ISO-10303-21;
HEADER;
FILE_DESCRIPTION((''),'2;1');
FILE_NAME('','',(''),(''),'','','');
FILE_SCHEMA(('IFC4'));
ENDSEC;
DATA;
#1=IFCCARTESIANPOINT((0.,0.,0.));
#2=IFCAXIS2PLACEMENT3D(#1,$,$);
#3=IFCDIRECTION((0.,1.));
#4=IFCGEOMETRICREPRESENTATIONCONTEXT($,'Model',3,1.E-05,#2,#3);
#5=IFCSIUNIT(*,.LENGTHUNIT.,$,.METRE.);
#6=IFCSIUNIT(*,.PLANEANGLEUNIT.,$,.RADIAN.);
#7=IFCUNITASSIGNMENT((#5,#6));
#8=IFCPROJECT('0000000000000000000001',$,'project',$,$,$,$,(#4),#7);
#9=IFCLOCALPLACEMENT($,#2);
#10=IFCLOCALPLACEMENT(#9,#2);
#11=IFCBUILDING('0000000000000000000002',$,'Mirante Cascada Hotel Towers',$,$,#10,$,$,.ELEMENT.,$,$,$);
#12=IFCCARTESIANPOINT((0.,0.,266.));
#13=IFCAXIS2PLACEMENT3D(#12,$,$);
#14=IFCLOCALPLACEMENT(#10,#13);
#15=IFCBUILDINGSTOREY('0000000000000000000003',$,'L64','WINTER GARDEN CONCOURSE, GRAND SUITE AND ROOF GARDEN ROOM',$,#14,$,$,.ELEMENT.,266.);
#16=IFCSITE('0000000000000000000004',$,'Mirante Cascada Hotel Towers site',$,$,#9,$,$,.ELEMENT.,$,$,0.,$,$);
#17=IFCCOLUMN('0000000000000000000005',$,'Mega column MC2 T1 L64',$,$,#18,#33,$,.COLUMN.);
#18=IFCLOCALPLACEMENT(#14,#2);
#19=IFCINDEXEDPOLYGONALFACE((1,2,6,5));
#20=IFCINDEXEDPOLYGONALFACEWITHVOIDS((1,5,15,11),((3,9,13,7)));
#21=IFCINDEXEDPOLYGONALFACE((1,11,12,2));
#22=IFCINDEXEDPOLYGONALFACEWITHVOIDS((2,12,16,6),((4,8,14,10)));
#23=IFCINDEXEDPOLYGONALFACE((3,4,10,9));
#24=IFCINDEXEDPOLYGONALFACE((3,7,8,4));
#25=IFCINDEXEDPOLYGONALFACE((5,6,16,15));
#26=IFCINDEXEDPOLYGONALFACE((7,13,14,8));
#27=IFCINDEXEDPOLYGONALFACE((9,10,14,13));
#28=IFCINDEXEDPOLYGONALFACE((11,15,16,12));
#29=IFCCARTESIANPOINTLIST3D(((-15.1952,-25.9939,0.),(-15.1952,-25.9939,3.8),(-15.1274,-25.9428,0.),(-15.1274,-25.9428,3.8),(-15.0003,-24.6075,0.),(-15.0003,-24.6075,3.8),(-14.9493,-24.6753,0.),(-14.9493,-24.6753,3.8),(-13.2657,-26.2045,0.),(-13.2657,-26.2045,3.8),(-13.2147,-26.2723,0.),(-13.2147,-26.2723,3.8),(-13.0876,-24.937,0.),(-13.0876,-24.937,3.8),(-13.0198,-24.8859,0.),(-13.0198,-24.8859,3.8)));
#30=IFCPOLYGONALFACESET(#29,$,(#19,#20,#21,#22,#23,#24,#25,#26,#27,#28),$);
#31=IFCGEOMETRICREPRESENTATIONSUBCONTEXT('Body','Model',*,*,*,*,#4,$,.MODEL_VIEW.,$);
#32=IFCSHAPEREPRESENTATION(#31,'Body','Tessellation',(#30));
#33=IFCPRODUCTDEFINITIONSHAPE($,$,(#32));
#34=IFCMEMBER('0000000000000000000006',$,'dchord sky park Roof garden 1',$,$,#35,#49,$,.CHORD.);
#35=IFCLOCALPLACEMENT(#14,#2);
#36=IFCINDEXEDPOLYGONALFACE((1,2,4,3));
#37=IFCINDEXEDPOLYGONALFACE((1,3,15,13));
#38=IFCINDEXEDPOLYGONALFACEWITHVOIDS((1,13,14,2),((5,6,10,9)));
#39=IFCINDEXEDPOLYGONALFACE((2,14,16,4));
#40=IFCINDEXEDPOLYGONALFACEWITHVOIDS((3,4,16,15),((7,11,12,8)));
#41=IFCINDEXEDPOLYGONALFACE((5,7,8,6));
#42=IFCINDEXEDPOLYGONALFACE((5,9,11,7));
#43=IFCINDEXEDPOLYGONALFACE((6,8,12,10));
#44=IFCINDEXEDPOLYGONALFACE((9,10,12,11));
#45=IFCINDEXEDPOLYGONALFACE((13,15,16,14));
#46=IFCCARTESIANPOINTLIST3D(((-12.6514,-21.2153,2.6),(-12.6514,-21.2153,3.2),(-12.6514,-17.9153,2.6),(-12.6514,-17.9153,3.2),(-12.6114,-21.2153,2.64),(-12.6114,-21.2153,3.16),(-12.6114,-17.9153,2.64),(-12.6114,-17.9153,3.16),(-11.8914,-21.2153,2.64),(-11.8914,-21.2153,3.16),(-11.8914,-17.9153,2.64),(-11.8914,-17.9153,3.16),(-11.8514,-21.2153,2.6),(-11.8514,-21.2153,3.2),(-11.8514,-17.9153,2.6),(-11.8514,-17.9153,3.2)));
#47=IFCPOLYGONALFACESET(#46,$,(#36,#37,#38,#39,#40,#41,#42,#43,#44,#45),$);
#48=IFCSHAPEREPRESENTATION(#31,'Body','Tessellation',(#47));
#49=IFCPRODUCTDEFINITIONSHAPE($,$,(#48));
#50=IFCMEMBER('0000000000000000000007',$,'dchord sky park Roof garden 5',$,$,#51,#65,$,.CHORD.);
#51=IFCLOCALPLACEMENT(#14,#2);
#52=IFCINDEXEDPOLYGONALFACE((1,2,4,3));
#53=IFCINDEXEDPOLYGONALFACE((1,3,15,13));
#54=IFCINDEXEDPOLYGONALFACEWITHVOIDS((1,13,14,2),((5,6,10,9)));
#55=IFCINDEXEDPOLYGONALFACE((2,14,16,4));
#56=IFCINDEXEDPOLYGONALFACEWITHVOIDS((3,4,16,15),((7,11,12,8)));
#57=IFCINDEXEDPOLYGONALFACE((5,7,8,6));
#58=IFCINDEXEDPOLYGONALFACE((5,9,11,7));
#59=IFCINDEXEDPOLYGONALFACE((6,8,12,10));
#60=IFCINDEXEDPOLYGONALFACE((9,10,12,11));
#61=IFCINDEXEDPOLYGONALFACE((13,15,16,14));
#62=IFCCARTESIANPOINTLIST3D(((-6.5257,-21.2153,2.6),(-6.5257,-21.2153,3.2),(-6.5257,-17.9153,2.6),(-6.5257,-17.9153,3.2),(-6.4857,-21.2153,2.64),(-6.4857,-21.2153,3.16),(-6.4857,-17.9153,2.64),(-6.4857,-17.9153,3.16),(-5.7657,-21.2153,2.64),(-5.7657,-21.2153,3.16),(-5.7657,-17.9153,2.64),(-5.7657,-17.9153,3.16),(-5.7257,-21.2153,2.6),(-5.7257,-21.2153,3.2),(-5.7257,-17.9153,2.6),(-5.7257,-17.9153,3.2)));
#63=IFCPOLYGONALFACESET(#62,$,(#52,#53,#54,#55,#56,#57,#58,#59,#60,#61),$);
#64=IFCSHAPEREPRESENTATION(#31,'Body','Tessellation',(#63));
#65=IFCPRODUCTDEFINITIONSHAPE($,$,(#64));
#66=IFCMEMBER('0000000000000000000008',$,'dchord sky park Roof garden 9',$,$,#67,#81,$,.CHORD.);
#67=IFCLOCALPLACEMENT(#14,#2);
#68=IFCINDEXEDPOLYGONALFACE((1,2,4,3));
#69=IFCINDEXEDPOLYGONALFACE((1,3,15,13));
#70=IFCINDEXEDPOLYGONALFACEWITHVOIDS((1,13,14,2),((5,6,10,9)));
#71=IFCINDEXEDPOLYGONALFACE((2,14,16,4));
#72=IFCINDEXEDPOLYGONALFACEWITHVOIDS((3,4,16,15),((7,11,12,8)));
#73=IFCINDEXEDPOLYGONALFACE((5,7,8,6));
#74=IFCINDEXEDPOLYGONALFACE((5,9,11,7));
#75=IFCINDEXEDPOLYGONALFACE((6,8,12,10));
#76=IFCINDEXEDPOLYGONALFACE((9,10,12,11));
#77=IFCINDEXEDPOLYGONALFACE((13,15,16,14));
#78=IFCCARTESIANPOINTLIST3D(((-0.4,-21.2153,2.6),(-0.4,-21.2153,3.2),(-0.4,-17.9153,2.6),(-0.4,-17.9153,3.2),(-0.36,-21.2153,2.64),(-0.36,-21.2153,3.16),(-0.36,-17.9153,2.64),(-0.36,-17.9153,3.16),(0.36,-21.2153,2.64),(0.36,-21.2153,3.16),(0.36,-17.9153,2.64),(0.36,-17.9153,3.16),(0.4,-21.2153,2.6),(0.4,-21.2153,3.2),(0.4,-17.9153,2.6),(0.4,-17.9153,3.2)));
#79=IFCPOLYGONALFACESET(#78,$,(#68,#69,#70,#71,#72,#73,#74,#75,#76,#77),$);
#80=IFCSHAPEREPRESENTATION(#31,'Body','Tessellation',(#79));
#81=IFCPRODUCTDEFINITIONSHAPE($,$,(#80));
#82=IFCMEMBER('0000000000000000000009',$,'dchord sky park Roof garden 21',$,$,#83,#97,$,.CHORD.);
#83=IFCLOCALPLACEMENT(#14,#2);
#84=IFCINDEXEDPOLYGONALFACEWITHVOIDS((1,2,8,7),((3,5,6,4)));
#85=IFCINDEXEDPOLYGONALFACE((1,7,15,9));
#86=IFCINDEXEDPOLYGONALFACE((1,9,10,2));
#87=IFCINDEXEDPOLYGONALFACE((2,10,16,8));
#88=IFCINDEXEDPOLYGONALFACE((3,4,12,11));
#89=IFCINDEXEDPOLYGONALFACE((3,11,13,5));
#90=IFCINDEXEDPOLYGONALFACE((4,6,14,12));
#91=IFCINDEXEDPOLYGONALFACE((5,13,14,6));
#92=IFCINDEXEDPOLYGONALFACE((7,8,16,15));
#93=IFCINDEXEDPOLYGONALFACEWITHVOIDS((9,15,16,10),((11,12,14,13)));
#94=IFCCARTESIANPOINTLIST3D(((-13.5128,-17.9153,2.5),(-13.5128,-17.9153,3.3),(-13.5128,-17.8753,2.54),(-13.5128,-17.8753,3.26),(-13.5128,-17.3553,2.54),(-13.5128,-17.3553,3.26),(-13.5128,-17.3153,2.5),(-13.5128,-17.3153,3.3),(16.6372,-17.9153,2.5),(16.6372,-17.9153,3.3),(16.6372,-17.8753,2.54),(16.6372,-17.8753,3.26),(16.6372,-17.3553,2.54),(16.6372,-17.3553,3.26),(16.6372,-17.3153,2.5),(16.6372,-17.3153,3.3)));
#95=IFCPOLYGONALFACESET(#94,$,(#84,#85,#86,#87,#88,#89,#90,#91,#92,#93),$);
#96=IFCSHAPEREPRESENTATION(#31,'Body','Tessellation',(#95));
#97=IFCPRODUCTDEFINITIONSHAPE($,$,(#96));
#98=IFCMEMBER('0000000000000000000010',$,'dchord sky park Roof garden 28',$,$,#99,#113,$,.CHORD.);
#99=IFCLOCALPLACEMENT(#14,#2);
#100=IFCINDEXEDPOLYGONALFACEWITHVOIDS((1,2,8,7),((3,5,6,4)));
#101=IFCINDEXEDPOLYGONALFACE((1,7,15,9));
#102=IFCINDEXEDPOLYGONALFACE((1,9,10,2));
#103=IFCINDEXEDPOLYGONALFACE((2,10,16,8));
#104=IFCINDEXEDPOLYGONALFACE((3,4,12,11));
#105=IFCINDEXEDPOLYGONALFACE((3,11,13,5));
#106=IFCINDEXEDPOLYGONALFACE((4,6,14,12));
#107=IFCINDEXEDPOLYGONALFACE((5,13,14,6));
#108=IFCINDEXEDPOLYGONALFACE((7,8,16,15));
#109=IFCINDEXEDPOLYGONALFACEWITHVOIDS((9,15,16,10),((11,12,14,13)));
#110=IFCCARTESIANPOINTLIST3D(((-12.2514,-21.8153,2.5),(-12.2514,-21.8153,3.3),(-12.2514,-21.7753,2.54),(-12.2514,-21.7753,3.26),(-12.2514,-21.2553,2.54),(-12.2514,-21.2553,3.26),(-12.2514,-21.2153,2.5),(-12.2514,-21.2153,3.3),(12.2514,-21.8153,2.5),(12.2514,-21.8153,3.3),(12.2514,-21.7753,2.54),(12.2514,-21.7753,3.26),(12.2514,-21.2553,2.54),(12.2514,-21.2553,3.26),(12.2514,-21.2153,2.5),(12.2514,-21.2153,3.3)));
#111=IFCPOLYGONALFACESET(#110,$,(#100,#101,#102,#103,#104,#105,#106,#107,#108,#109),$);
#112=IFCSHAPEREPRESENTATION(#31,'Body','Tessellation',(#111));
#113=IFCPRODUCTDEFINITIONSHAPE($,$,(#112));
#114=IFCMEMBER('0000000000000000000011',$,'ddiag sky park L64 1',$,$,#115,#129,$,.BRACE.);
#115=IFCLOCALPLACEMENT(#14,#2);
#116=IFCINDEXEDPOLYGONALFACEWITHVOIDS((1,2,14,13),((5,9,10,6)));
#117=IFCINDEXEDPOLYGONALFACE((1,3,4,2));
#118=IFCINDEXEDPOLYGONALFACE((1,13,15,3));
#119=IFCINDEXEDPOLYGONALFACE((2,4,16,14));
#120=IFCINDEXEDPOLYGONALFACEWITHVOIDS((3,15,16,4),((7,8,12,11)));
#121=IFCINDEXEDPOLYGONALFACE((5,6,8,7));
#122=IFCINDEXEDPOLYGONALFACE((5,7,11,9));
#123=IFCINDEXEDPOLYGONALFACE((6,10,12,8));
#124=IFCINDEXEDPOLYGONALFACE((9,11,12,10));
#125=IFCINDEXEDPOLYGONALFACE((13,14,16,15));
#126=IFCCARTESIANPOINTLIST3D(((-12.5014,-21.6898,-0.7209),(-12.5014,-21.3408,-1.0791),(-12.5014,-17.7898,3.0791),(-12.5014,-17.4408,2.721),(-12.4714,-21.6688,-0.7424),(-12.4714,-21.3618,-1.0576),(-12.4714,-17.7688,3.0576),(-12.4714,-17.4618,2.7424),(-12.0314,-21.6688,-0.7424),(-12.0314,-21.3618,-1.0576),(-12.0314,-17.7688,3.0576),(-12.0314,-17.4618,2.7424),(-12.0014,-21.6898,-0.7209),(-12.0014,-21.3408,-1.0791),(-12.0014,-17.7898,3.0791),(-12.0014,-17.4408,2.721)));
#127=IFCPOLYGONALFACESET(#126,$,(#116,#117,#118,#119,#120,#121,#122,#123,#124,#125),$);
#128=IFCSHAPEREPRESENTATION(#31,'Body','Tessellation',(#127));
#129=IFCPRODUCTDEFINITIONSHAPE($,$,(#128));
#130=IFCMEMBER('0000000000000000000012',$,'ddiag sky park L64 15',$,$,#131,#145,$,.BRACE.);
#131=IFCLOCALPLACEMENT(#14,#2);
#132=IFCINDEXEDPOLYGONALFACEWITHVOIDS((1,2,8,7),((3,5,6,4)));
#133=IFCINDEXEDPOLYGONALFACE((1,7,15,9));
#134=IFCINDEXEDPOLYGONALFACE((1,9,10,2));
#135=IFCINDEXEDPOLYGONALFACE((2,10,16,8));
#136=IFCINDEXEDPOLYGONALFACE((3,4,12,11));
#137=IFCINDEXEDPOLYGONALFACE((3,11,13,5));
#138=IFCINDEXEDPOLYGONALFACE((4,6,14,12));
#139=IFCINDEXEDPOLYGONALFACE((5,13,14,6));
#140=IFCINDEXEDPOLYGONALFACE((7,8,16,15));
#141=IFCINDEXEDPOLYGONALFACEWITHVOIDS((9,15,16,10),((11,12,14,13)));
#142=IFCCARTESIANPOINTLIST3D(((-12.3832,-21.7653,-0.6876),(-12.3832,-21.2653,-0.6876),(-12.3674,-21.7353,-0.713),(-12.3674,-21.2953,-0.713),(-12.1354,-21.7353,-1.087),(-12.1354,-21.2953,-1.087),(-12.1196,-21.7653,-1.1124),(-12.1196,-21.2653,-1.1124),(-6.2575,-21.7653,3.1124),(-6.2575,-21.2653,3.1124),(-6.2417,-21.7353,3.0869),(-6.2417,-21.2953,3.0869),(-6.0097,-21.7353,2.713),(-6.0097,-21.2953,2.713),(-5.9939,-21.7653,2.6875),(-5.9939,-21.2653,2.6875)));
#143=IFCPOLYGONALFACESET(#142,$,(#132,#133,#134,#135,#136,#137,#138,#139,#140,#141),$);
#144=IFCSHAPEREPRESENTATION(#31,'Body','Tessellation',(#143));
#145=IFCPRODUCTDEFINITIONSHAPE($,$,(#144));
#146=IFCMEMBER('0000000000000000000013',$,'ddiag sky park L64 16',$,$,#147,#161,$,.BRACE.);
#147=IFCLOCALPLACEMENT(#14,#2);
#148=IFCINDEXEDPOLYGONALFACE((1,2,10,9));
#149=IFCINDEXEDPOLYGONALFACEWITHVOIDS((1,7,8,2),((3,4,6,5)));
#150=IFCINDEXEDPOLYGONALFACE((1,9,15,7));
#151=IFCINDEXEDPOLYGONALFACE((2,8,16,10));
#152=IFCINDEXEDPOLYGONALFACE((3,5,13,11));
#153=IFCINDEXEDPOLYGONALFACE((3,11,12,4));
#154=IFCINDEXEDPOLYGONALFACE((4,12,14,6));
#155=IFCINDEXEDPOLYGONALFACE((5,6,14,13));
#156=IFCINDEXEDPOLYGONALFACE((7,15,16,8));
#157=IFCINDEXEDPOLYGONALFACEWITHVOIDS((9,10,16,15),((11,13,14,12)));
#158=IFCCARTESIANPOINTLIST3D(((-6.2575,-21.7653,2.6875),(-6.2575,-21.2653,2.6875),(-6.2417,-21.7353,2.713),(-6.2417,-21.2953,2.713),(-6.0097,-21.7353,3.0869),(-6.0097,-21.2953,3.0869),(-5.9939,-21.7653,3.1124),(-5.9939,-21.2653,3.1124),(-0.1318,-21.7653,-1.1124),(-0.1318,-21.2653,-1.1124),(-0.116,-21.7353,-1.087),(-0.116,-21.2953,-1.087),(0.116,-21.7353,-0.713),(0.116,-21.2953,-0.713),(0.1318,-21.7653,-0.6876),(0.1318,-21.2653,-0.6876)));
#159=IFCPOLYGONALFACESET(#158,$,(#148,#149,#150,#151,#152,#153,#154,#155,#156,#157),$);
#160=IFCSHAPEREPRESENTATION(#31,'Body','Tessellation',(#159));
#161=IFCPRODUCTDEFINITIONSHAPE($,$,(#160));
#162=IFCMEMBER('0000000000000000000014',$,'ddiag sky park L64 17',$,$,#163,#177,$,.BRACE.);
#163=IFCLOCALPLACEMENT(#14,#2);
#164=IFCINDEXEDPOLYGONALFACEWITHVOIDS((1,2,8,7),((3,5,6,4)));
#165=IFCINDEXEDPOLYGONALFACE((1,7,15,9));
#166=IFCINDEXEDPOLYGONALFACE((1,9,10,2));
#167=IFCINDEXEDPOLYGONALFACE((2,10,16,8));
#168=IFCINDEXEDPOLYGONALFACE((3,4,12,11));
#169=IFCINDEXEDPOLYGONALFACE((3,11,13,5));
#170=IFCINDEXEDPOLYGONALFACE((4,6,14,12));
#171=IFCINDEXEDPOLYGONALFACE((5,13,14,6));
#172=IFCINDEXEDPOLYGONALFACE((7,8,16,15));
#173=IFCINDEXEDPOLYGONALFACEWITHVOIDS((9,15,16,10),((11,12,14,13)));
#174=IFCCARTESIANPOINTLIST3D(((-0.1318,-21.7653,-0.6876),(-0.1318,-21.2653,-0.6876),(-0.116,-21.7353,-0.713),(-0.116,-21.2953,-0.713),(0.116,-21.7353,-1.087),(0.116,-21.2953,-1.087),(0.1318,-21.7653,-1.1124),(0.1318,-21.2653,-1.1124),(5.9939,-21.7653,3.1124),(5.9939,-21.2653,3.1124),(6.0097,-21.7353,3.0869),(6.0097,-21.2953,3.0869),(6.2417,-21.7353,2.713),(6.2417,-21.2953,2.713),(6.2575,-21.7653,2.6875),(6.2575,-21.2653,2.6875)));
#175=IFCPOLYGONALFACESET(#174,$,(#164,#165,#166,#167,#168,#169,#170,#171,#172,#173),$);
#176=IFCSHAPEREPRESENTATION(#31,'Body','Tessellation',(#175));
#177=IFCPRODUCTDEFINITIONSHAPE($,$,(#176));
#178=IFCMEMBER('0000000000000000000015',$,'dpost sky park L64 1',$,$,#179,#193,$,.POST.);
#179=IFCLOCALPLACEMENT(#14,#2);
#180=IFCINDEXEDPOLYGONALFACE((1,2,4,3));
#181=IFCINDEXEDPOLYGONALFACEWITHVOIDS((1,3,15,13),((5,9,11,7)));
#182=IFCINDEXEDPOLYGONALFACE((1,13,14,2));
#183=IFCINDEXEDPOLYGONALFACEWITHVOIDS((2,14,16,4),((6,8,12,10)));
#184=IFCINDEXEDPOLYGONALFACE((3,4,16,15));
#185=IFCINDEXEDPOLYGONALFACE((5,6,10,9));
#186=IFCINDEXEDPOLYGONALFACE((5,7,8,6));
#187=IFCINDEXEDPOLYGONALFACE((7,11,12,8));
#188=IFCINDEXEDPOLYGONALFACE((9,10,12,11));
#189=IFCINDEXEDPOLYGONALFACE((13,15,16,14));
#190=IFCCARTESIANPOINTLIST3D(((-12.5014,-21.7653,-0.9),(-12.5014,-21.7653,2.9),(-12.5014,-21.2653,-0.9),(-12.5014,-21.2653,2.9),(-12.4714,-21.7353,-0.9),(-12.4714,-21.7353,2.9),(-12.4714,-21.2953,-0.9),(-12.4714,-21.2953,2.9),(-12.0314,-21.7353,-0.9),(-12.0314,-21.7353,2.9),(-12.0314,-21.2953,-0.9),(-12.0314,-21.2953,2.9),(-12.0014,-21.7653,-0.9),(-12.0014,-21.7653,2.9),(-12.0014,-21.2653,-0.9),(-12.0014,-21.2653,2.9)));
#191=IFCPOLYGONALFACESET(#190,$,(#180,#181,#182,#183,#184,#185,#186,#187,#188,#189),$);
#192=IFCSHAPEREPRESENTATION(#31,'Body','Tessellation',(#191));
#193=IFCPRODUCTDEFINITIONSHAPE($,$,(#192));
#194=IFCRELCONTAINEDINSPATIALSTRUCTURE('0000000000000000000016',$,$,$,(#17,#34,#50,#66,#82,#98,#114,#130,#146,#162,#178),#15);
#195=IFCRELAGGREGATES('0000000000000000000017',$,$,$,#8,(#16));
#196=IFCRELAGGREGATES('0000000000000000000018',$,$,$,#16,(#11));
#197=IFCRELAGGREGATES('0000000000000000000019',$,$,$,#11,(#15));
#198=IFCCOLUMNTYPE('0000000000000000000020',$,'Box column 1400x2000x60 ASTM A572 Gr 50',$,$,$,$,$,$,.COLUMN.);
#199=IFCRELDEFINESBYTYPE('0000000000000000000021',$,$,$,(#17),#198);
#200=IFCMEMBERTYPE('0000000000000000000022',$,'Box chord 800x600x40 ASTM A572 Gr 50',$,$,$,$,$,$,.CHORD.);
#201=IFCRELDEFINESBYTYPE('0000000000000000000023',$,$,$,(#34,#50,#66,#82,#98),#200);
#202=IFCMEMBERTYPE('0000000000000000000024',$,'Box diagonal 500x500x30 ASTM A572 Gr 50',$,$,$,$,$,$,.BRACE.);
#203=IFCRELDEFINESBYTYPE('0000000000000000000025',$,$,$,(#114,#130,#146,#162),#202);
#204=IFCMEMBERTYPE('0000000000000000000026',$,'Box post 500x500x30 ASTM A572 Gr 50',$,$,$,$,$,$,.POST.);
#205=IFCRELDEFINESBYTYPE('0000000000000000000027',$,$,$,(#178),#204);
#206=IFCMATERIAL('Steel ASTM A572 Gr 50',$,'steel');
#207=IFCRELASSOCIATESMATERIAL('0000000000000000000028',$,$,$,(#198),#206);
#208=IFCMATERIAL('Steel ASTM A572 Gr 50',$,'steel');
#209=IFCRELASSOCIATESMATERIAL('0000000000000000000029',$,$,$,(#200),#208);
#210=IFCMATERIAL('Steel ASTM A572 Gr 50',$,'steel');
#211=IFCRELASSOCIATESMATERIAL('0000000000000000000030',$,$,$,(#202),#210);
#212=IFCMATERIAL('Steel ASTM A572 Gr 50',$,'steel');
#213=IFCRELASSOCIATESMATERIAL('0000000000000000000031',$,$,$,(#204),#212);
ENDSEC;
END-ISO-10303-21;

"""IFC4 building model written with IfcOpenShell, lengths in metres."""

from ifc_helpers import new_model, si_unit, direction, frame, origin, origin_2d, place, context, subcontext, project, spatial, hollow_rectangle, extrude, material, material_profile, profile_set, type_object, element, save


model = new_model("IFC4")

# Units and contexts
model_context = context("Model", 3, precision=1e-05, world=origin(), true_north=direction((0.0, 1.0)))
body_context = subcontext(model_context, "Body", "Model", "MODEL_VIEW")
ifc_project = project(units=[si_unit("LENGTHUNIT", "METRE"), si_unit("PLANEANGLEUNIT", "RADIAN")], contexts=[model_context])

# Site, building, storey
site_placement = place(None, origin())
site = spatial("IfcSite", under=ifc_project, at=site_placement, Name="Mirante Cascada Hotel Towers site", CompositionType="ELEMENT", RefElevation=0.0)
building_placement = place(site_placement, origin())
building = spatial("IfcBuilding", under=site, at=building_placement, Name="Mirante Cascada Hotel Towers", CompositionType="ELEMENT")
storey_placement = place(building_placement, frame((0.0, 0.0, 266.0)))
storey = spatial("IfcBuildingStorey", under=building, at=storey_placement, Name="L64", Description="WINTER GARDEN CONCOURSE, GRAND SUITE AND ROOF GARDEN ROOM", CompositionType="ELEMENT", Elevation=266.0)

# Column
ifc_material_1 = material(Name="Steel ASTM A572 Gr 50", Category="steel")
ifc_material_profile_1 = material_profile(ifc_material_1, hollow_rectangle(XDim=2.0, YDim=1.4, WallThickness=0.06, at=origin_2d()), Name="Box column 1400x2000x60 ASTM A572 Gr 50")
ifc_profile_set_1 = profile_set([ifc_material_profile_1], Name="Steel ASTM A572 Gr 50")
column_type = type_object("IfcColumnType", Name="Box column 1400x2000x60 ASTM A572 Gr 50", PredefinedType="COLUMN", material=ifc_profile_set_1)
column_placement = place(storey_placement, frame((-14.1075, -25.4399, 0.0), z_axis=(0.0, 0.0, 1.0), x_axis=(-0.990268, 0.139173, 0.0)))
element("IfcColumn", 1, at=column_placement, inside=storey, type_object=column_type, Name="Mega column MC2 T1 L64", PredefinedType="COLUMN", context=body_context, shape_type="SweptSolid", body=[
    extrude(hollow_rectangle(XDim=2.0, YDim=1.4, WallThickness=0.06, at=origin_2d()), origin(), (0.0, 0.0, 1.0), 3.8),
])

# Members
ifc_material_2 = material(Name="Steel ASTM A572 Gr 50", Category="steel")
ifc_material_profile_2 = material_profile(ifc_material_2, hollow_rectangle(XDim=0.6, YDim=0.8, WallThickness=0.04, at=origin_2d()), Name="Box chord 800x600x40 ASTM A572 Gr 50")
ifc_profile_set_2 = profile_set([ifc_material_profile_2], Name="Steel ASTM A572 Gr 50")
member_type_1 = type_object("IfcMemberType", Name="Box chord 800x600x40 ASTM A572 Gr 50", PredefinedType="CHORD", material=ifc_profile_set_2)
for number, where, z_axis, x_axis, name in (
    (2, (-12.2514, -21.2153, 2.9), (0.0, 1.0, 0.0), (0.0, 0.0, 1.0), "dchord sky park Roof garden 1"),
    (3, (-6.1257, -21.2153, 2.9), (0.0, 1.0, 0.0), (0.0, 0.0, 1.0), "dchord sky park Roof garden 5"),
    (4, (0.0, -21.2153, 2.9), (0.0, 1.0, 0.0), (0.0, 0.0, 1.0), "dchord sky park Roof garden 9"),
):
    element("IfcMember", number, at=place(storey_placement, frame(where, z_axis=z_axis, x_axis=x_axis)), inside=storey, type_object=member_type_1, Name=name, PredefinedType="CHORD", context=body_context, shape_type="SweptSolid", body=[
        extrude(hollow_rectangle(XDim=0.6, YDim=0.8, WallThickness=0.04, at=origin_2d()), origin(), (0.0, 0.0, 1.0), 3.3),
    ])
member_1_placement = place(storey_placement, frame((-13.5128, -17.6153, 2.9), z_axis=(1.0, 0.0, 0.0), x_axis=(0.0, 1.0, 0.0)))
element("IfcMember", 5, at=member_1_placement, inside=storey, type_object=member_type_1, Name="dchord sky park Roof garden 21", PredefinedType="CHORD", context=body_context, shape_type="SweptSolid", body=[
    extrude(hollow_rectangle(XDim=0.6, YDim=0.8, WallThickness=0.04, at=origin_2d()), origin(), (0.0, 0.0, 1.0), 30.15),
])
member_2_placement = place(storey_placement, frame((-12.2514, -21.5153, 2.9), z_axis=(1.0, 0.0, 0.0), x_axis=(0.0, 1.0, 0.0)))
element("IfcMember", 6, at=member_2_placement, inside=storey, type_object=member_type_1, Name="dchord sky park Roof garden 28", PredefinedType="CHORD", context=body_context, shape_type="SweptSolid", body=[
    extrude(hollow_rectangle(XDim=0.6, YDim=0.8, WallThickness=0.04, at=origin_2d()), origin(), (0.0, 0.0, 1.0), 24.5028),
])
ifc_material_3 = material(Name="Steel ASTM A572 Gr 50", Category="steel")
ifc_material_profile_3 = material_profile(ifc_material_3, hollow_rectangle(XDim=0.5, YDim=0.5, WallThickness=0.03, at=origin_2d()), Name="Box diagonal 500x500x30 ASTM A572 Gr 50")
ifc_profile_set_3 = profile_set([ifc_material_profile_3], Name="Steel ASTM A572 Gr 50")
member_type_2 = type_object("IfcMemberType", Name="Box diagonal 500x500x30 ASTM A572 Gr 50", PredefinedType="BRACE", material=ifc_profile_set_3)
member_3_placement = place(storey_placement, frame((-12.2514, -21.5153, -0.9), z_axis=(0.0, 0.71623, 0.697865), x_axis=(-1.0, 0.0, 0.0)))
element("IfcMember", 7, at=member_3_placement, inside=storey, type_object=member_type_2, Name="ddiag sky park L64 1", PredefinedType="BRACE", context=body_context, shape_type="SweptSolid", body=[
    extrude(hollow_rectangle(XDim=0.5, YDim=0.5, WallThickness=0.03, at=origin_2d()), origin(), (0.0, 0.0, 1.0), 5.4452),
])
for number, where, z_axis, x_axis, name in (
    (8, (-12.2514, -21.5153, -0.9), (0.849774, 0.0, 0.527147), (0.0, 1.0, 0.0), "ddiag sky park L64 15"),
    (9, (0.0, -21.5153, -0.9), (-0.849774, 0.0, 0.527147), (0.0, -1.0, 0.0), "ddiag sky park L64 16"),
    (10, (0.0, -21.5153, -0.9), (0.849774, 0.0, 0.527147), (0.0, 1.0, 0.0), "ddiag sky park L64 17"),
):
    element("IfcMember", number, at=place(storey_placement, frame(where, z_axis=z_axis, x_axis=x_axis)), inside=storey, type_object=member_type_2, Name=name, PredefinedType="BRACE", context=body_context, shape_type="SweptSolid", body=[
        extrude(hollow_rectangle(XDim=0.5, YDim=0.5, WallThickness=0.03, at=origin_2d()), origin(), (0.0, 0.0, 1.0), 7.2086),
    ])
ifc_material_4 = material(Name="Steel ASTM A572 Gr 50", Category="steel")
ifc_material_profile_4 = material_profile(ifc_material_4, hollow_rectangle(XDim=0.5, YDim=0.5, WallThickness=0.03, at=origin_2d()), Name="Box post 500x500x30 ASTM A572 Gr 50")
ifc_profile_set_4 = profile_set([ifc_material_profile_4], Name="Steel ASTM A572 Gr 50")
member_type_3 = type_object("IfcMemberType", Name="Box post 500x500x30 ASTM A572 Gr 50", PredefinedType="POST", material=ifc_profile_set_4)
for number, where, z_axis, x_axis, name in (
    (11, (-12.2514, -21.5153, -0.9), (0.0, 0.0, 1.0), (1.0, 0.0, 0.0), "dpost sky park L64 1"),
):
    element("IfcMember", number, at=place(storey_placement, frame(where, z_axis=z_axis, x_axis=x_axis)), inside=storey, type_object=member_type_3, Name=name, PredefinedType="POST", context=body_context, shape_type="SweptSolid", body=[
        extrude(hollow_rectangle(XDim=0.5, YDim=0.5, WallThickness=0.03, at=origin_2d()), origin(), (0.0, 0.0, 1.0), 3.8),
    ])

save(model, "model.ifc")
